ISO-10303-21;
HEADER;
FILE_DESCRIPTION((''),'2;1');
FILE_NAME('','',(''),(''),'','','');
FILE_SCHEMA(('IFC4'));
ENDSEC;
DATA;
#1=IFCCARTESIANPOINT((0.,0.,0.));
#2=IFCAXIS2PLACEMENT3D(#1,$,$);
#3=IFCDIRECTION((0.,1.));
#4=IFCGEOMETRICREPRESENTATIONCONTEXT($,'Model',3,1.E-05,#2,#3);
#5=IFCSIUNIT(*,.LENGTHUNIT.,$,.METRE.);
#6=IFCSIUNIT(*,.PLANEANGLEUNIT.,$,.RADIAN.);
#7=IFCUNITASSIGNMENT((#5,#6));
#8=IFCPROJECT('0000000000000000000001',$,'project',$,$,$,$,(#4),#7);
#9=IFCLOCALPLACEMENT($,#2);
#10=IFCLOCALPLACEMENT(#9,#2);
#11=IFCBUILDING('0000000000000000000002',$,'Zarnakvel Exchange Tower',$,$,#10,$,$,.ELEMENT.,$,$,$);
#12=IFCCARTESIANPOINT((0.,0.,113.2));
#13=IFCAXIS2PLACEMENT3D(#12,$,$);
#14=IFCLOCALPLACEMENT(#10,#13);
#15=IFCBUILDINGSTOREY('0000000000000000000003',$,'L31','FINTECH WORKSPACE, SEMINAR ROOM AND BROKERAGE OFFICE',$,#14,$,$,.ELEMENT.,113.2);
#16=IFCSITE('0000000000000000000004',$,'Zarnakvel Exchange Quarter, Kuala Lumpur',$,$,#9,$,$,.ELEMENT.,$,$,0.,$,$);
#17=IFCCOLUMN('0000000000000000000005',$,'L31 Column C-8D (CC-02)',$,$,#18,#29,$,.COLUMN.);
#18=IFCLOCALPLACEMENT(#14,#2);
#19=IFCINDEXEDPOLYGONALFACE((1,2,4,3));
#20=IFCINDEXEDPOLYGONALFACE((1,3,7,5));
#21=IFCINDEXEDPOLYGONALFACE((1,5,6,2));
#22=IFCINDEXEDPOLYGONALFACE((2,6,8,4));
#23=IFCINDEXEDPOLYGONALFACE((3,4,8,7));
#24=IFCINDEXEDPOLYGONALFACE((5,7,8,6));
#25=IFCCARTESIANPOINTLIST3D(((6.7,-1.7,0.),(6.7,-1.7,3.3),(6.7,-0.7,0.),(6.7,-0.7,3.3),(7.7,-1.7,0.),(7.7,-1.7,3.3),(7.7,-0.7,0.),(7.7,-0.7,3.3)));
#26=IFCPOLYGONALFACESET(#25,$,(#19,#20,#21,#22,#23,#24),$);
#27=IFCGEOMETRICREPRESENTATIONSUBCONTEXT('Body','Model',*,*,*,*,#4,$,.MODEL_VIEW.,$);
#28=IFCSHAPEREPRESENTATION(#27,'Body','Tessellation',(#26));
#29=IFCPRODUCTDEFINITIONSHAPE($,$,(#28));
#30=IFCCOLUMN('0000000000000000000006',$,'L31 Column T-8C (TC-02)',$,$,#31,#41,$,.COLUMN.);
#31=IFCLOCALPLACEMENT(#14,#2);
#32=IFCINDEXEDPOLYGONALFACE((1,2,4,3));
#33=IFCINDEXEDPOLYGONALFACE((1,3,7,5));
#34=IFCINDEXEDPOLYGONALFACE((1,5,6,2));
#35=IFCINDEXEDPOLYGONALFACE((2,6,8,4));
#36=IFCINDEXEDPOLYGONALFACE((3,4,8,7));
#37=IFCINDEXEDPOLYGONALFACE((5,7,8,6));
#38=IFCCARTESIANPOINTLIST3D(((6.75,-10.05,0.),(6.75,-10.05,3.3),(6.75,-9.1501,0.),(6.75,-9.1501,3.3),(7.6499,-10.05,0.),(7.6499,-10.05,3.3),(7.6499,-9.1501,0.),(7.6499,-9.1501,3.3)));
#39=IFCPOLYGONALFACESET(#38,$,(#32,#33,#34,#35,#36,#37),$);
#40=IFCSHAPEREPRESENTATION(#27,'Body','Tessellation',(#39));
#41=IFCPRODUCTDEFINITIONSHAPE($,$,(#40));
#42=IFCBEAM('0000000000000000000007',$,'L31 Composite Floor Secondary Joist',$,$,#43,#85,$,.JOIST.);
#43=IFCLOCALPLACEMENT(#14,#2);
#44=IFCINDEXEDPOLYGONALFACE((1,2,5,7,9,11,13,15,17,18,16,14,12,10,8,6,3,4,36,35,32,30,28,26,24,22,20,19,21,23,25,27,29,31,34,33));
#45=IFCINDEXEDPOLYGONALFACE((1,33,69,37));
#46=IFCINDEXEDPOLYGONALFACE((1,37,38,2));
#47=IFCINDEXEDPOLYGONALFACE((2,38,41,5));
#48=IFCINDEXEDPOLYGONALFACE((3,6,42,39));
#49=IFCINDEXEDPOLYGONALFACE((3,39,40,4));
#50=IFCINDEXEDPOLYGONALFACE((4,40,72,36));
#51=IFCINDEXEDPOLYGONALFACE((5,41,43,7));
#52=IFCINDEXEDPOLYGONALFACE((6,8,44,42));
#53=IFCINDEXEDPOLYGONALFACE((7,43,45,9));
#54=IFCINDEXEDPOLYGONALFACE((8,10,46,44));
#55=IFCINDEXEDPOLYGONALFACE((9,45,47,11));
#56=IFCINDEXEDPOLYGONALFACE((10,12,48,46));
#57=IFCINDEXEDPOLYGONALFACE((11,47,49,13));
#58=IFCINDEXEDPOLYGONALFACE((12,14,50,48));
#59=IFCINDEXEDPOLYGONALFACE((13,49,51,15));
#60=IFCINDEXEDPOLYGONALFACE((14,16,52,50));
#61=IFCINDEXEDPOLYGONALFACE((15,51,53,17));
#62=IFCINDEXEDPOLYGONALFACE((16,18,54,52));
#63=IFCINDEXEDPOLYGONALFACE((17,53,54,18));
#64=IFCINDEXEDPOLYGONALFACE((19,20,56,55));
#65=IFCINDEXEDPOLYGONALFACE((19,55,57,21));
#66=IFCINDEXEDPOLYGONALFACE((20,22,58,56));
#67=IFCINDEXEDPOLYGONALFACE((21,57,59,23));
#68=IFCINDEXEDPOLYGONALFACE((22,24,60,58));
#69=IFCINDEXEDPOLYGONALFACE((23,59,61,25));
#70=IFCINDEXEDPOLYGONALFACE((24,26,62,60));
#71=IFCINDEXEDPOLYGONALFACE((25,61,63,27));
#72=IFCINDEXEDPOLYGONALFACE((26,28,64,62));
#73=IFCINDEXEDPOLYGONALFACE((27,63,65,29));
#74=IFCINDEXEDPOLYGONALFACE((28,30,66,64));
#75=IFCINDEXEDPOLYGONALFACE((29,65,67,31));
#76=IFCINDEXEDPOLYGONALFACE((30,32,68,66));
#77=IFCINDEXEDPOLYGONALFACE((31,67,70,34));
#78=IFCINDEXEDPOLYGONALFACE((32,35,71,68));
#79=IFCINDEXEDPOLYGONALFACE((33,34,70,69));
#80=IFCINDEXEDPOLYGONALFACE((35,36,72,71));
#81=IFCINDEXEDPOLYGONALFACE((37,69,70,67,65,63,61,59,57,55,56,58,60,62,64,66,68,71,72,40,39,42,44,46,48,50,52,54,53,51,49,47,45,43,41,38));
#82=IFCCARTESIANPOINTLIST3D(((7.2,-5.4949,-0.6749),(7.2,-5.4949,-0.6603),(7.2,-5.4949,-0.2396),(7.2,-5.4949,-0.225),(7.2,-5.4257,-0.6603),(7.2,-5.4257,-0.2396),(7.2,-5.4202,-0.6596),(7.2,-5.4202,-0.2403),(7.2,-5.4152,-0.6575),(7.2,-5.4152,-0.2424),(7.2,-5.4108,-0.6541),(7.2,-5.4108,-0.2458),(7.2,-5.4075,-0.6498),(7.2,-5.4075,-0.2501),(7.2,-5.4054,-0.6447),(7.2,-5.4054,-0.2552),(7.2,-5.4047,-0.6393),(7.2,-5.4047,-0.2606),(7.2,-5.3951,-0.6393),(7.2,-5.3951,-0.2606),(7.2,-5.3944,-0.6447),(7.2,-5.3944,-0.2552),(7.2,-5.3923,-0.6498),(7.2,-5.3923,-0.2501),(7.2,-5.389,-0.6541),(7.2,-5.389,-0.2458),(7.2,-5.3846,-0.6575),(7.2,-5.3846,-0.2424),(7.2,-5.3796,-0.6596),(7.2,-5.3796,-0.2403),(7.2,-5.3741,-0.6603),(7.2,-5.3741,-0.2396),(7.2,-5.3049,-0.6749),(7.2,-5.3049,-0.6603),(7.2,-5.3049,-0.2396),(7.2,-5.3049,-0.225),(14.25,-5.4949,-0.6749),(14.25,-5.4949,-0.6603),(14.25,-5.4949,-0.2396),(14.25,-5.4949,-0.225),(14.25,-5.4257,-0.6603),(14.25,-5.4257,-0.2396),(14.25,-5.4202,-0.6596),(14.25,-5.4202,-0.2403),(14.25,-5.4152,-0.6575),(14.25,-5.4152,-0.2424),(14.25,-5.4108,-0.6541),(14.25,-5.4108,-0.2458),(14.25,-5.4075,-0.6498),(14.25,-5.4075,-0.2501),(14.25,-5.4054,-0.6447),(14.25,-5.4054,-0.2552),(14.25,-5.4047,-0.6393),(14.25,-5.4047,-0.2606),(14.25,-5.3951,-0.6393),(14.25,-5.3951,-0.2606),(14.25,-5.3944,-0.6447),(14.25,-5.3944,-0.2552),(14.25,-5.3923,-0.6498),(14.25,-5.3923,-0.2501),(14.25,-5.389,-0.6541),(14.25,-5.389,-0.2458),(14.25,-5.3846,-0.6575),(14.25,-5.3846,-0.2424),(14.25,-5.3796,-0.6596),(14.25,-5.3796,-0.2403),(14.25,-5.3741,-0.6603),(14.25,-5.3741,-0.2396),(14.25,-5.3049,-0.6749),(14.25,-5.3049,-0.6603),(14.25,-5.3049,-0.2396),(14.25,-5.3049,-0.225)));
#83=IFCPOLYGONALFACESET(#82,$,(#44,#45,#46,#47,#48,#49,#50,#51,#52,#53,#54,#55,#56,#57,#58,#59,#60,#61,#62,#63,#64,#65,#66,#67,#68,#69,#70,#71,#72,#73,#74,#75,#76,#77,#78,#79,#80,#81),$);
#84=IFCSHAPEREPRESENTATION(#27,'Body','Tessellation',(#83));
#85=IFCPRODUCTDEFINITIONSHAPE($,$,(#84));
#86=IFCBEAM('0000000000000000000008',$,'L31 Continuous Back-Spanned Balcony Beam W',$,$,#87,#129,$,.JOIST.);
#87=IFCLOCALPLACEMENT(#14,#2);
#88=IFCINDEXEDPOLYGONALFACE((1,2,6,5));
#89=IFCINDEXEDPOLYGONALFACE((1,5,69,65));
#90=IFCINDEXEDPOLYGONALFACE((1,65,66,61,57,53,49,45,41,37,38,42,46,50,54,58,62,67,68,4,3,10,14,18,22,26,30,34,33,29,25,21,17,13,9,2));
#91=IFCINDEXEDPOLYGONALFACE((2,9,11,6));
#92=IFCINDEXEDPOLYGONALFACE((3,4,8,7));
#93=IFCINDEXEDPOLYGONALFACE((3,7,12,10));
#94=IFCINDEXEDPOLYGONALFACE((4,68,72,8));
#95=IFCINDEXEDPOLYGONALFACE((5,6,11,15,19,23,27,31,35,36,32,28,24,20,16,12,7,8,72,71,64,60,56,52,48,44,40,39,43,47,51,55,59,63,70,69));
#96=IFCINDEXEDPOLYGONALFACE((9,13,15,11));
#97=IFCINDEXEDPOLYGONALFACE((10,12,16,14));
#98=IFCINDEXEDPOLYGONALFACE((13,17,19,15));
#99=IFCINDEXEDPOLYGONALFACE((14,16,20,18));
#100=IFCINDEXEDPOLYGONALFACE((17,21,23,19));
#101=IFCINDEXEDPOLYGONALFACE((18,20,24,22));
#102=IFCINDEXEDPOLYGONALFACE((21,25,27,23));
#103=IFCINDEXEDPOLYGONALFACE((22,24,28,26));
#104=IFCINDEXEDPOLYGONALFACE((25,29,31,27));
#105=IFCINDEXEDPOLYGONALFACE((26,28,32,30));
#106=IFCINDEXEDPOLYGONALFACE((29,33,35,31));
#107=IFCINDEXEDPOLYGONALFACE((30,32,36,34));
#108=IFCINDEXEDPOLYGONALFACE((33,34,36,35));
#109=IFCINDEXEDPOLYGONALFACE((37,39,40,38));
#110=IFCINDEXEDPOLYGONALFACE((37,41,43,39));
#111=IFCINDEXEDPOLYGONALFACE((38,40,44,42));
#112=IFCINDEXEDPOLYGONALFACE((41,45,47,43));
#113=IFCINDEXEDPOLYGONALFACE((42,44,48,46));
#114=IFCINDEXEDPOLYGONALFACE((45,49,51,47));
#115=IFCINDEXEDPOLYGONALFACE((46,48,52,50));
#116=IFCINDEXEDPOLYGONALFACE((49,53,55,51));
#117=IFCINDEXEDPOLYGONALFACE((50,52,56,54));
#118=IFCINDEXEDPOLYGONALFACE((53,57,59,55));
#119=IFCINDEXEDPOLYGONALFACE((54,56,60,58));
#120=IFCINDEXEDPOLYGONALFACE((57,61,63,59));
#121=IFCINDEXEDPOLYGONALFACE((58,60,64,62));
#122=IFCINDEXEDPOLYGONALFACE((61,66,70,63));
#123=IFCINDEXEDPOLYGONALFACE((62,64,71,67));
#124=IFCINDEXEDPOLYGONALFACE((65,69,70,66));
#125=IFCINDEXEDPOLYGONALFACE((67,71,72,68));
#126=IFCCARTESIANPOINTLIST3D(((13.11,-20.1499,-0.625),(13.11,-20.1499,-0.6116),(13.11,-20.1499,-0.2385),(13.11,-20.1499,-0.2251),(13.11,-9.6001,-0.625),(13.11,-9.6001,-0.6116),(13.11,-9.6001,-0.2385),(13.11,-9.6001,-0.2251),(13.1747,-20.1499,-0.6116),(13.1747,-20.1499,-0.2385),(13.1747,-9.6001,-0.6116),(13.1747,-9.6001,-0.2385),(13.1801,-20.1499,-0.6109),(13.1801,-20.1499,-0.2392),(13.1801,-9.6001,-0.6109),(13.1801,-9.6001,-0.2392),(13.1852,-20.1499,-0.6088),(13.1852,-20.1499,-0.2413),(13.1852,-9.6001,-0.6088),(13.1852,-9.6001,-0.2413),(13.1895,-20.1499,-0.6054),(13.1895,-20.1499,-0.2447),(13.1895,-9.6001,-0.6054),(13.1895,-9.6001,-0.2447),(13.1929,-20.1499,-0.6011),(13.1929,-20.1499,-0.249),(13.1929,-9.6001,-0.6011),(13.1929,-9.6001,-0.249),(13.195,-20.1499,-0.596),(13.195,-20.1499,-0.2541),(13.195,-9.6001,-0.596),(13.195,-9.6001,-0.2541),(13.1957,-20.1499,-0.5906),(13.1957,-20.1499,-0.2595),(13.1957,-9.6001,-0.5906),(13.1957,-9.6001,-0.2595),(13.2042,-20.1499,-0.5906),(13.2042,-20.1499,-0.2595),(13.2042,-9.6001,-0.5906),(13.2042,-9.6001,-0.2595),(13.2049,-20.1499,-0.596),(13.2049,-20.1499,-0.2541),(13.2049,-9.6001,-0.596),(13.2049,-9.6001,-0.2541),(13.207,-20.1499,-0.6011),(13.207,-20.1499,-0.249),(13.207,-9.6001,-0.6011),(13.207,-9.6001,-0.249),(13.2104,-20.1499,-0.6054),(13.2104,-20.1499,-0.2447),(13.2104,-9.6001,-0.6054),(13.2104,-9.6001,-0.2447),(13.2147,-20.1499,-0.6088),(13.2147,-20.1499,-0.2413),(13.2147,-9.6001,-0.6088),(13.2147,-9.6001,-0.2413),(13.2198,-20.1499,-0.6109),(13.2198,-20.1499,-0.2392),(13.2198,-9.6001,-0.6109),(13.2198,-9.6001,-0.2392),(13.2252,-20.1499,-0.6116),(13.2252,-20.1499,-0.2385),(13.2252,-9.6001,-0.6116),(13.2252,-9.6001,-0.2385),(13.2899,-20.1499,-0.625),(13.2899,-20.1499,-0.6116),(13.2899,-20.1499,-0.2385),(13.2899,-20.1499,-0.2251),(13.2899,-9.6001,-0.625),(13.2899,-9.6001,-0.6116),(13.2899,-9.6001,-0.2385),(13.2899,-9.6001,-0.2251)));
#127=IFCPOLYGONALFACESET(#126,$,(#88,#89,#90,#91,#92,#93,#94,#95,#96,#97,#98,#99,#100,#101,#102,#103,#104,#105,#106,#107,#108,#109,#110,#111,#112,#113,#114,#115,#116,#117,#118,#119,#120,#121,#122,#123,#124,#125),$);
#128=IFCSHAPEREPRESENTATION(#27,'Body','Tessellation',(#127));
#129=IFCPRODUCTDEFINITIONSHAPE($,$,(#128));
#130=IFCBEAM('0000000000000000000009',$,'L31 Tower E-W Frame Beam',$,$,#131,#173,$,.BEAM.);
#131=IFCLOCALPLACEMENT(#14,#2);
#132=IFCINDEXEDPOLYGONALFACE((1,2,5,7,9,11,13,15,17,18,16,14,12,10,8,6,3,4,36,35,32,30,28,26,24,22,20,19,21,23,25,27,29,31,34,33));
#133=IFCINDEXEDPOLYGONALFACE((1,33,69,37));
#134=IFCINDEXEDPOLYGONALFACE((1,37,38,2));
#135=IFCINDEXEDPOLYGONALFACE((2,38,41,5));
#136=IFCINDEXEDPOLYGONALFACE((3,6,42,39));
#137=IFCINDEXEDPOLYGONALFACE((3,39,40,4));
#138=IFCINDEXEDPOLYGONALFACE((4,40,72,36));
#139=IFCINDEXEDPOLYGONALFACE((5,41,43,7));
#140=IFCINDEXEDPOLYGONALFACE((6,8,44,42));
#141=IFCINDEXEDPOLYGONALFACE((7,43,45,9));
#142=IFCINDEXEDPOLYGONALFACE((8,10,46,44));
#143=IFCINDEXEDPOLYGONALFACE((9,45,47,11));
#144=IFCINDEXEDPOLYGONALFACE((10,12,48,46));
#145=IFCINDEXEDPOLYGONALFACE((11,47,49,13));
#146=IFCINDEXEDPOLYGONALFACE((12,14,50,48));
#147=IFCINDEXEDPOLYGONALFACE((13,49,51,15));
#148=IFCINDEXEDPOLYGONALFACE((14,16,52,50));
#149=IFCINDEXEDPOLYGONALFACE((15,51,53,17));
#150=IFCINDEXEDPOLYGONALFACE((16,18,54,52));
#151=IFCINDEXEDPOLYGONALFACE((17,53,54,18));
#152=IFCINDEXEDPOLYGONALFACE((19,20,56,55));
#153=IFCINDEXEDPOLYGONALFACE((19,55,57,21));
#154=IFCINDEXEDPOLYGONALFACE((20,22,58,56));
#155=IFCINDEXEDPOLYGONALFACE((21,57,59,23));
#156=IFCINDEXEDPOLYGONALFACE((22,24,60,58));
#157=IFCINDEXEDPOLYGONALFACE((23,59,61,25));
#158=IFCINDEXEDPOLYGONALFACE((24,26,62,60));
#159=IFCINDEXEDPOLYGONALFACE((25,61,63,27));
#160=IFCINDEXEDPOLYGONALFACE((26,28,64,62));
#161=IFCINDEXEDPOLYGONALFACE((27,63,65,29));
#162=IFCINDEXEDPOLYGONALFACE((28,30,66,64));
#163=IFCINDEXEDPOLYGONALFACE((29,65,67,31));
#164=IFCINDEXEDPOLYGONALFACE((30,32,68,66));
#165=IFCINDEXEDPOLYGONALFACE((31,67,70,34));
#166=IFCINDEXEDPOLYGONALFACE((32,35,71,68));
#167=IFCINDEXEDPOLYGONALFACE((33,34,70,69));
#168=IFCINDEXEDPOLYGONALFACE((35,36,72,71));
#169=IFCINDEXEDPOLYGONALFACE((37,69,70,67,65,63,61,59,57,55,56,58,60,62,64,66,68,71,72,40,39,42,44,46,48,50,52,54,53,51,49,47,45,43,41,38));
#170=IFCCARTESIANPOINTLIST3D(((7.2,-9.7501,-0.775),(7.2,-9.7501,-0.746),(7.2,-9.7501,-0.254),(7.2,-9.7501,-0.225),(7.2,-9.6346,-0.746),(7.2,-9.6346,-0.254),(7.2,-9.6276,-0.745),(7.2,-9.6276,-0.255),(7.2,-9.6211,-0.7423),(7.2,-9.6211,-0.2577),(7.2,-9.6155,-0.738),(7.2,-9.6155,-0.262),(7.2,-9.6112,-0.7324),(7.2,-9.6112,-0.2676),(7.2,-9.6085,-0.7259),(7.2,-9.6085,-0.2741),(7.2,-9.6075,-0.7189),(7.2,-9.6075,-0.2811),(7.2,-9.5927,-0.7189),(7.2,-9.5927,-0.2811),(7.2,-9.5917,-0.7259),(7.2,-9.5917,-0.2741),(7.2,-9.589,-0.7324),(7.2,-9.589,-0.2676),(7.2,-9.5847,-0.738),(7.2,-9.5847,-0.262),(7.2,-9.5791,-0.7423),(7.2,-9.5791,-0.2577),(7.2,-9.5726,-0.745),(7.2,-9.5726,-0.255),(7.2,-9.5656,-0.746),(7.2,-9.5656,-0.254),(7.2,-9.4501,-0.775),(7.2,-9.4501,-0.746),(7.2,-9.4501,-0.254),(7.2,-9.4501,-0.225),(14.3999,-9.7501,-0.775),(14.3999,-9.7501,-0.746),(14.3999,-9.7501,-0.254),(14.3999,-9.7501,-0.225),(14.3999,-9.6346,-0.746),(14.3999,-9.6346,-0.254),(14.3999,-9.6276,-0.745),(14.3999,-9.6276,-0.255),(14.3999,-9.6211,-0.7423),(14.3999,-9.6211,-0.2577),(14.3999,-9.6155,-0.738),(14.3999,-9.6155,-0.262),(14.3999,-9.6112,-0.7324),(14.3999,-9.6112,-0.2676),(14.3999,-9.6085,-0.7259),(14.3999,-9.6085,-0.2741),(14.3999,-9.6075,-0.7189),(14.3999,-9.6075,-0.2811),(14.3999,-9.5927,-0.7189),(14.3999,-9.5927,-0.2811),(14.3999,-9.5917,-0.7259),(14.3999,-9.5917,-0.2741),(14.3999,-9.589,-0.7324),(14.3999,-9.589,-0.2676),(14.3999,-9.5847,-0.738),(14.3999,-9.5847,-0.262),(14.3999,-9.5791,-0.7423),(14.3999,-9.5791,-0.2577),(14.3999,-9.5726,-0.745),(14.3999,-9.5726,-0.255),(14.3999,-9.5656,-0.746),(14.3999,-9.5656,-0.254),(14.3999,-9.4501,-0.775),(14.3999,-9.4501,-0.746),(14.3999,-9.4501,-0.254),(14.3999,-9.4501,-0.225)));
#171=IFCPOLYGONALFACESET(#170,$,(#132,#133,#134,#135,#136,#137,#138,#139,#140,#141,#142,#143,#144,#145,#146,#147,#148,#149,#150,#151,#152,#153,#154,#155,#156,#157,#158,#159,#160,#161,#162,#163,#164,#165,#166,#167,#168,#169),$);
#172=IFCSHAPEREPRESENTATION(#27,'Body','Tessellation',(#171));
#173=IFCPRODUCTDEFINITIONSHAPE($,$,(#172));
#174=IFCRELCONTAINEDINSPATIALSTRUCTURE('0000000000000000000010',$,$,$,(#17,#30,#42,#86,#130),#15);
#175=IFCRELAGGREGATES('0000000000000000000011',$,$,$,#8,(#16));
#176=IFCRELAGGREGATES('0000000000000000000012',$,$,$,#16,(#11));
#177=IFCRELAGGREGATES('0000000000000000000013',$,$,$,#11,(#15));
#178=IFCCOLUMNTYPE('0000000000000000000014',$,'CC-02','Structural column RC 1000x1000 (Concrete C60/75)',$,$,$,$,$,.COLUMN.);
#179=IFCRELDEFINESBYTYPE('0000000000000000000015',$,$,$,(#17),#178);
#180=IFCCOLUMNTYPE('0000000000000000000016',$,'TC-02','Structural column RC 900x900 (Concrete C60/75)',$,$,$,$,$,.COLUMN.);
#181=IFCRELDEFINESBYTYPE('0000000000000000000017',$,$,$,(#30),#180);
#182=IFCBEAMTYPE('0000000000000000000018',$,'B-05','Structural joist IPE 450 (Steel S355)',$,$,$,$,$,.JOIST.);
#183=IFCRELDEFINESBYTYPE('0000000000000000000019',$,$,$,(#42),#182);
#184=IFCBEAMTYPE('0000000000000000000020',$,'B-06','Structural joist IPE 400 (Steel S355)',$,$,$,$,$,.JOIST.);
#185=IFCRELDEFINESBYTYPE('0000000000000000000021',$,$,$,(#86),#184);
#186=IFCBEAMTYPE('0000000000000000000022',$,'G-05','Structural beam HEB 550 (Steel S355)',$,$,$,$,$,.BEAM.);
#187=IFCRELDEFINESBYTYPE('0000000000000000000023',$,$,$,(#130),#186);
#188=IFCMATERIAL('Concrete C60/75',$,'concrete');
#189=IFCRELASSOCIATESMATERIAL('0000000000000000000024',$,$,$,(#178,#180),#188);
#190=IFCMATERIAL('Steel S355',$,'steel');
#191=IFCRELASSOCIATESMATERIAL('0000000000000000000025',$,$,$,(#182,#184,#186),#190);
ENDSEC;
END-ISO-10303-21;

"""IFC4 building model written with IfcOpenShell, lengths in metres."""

from ifc_helpers import new_model, si_unit, direction, frame, origin, origin_2d, place, context, subcontext, project, spatial, rectangle, i_section, extrude, material, material_profile, profile_set, type_object, element, save


model = new_model("IFC4")

# Units and contexts
model_context = context("Model", 3, precision=1e-05, world=origin(), true_north=direction((0.0, 1.0)))
body_context = subcontext(model_context, "Body", "Model", "MODEL_VIEW")
ifc_project = project(units=[si_unit("LENGTHUNIT", "METRE"), si_unit("PLANEANGLEUNIT", "RADIAN")], contexts=[model_context])

# Site, building, storey
site_placement = place(None, origin())
site = spatial("IfcSite", under=ifc_project, at=site_placement, Name="Zarnakvel Exchange Quarter, Kuala Lumpur", CompositionType="ELEMENT", RefElevation=0.0)
building_placement = place(site_placement, origin())
building = spatial("IfcBuilding", under=site, at=building_placement, Name="Zarnakvel Exchange Tower", CompositionType="ELEMENT")
storey_placement = place(building_placement, frame((0.0, 0.0, 113.2)))
storey = spatial("IfcBuildingStorey", under=building, at=storey_placement, Name="L31", Description="FINTECH WORKSPACE, SEMINAR ROOM AND BROKERAGE OFFICE", CompositionType="ELEMENT", Elevation=113.2)

# Columns
ifc_material_1 = material(Name="Concrete C60/75", Category="concrete")
ifc_material_profile_1 = material_profile(ifc_material_1, rectangle(XDim=1.0, YDim=1.0, at=origin_2d()))
ifc_profile_set_1 = profile_set([ifc_material_profile_1], Name="Concrete C60/75")
column_type_1 = type_object("IfcColumnType", Name="CC-02", Description="Structural column RC 1000x1000 (Concrete C60/75)", PredefinedType="COLUMN", material=ifc_profile_set_1)
column_1_placement = place(storey_placement, frame((7.2, -1.2, 0.0), z_axis=(0.0, 0.0, 1.0), x_axis=(1.0, 0.0, 0.0)))
element("IfcColumn", 1, at=column_1_placement, inside=storey, type_object=column_type_1, Name="L31 Column C-8D (CC-02)", PredefinedType="COLUMN", context=body_context, shape_type="SweptSolid", body=[
    extrude(rectangle(XDim=1.0, YDim=1.0, at=origin_2d()), origin(), (0.0, 0.0, 1.0), 3.3),
])
ifc_material_profile_2 = material_profile(ifc_material_1, rectangle(XDim=0.8999, YDim=0.8999, at=origin_2d()))
ifc_profile_set_2 = profile_set([ifc_material_profile_2], Name="Concrete C60/75")
column_type_2 = type_object("IfcColumnType", Name="TC-02", Description="Structural column RC 900x900 (Concrete C60/75)", PredefinedType="COLUMN", material=ifc_profile_set_2)
column_2_placement = place(storey_placement, frame((7.2, -9.6001, 0.0), z_axis=(0.0, 0.0, 1.0), x_axis=(1.0, 0.0, 0.0)))
element("IfcColumn", 2, at=column_2_placement, inside=storey, type_object=column_type_2, Name="L31 Column T-8C (TC-02)", PredefinedType="COLUMN", context=body_context, shape_type="SweptSolid", body=[
    extrude(rectangle(XDim=0.8999, YDim=0.8999, at=origin_2d()), origin(), (0.0, 0.0, 1.0), 3.3),
])

# Beams
ifc_material_2 = material(Name="Steel S355", Category="steel")
ifc_material_profile_3 = material_profile(ifc_material_2, i_section(OverallWidth=0.1899, OverallDepth=0.45, WebThickness=0.0095, FlangeThickness=0.0146, FilletRadius=0.021, at=origin_2d()))
ifc_profile_set_3 = profile_set([ifc_material_profile_3], Name="Steel S355")
beam_type_1 = type_object("IfcBeamType", Name="B-05", Description="Structural joist IPE 450 (Steel S355)", PredefinedType="JOIST", material=ifc_profile_set_3)
beam_1_placement = place(storey_placement, frame((7.2, -5.3999, -0.45), z_axis=(1.0, 0.0, 0.0), x_axis=(0.0, 1.0, 0.0)))
element("IfcBeam", 3, at=beam_1_placement, inside=storey, type_object=beam_type_1, Name="L31 Composite Floor Secondary Joist", PredefinedType="JOIST", context=body_context, shape_type="SweptSolid", body=[
    extrude(i_section(OverallWidth=0.1899, OverallDepth=0.45, WebThickness=0.0095, FlangeThickness=0.0146, FilletRadius=0.021, at=origin_2d()), origin(), (0.0, 0.0, 1.0), 7.05),
])
ifc_material_profile_4 = material_profile(ifc_material_2, i_section(OverallWidth=0.1799, OverallDepth=0.3999, WebThickness=0.0085, FlangeThickness=0.0134, FilletRadius=0.021, at=origin_2d()))
ifc_profile_set_4 = profile_set([ifc_material_profile_4], Name="Steel S355")
beam_type_2 = type_object("IfcBeamType", Name="B-06", Description="Structural joist IPE 400 (Steel S355)", PredefinedType="JOIST", material=ifc_profile_set_4)
beam_2_placement = place(storey_placement, frame((13.2, -9.6001, -0.425), z_axis=(0.0, -1.0, 0.0), x_axis=(1.0, 0.0, 0.0)))
element("IfcBeam", 4, at=beam_2_placement, inside=storey, type_object=beam_type_2, Name="L31 Continuous Back-Spanned Balcony Beam W", PredefinedType="JOIST", context=body_context, shape_type="SweptSolid", body=[
    extrude(i_section(OverallWidth=0.1799, OverallDepth=0.3999, WebThickness=0.0085, FlangeThickness=0.0134, FilletRadius=0.021, at=origin_2d()), origin(), (0.0, 0.0, 1.0), 10.5498),
])
ifc_material_profile_5 = material_profile(ifc_material_2, i_section(OverallWidth=0.3, OverallDepth=0.55, WebThickness=0.0149, FlangeThickness=0.0291, FilletRadius=0.0271, at=origin_2d()))
ifc_profile_set_5 = profile_set([ifc_material_profile_5], Name="Steel S355")
beam_type_3 = type_object("IfcBeamType", Name="G-05", Description="Structural beam HEB 550 (Steel S355)", PredefinedType="BEAM", material=ifc_profile_set_5)
beam_3_placement = place(storey_placement, frame((7.2, -9.6001, -0.5), z_axis=(1.0, 0.0, 0.0), x_axis=(0.0, 1.0, 0.0)))
element("IfcBeam", 5, at=beam_3_placement, inside=storey, type_object=beam_type_3, Name="L31 Tower E-W Frame Beam", PredefinedType="BEAM", context=body_context, shape_type="SweptSolid", body=[
    extrude(i_section(OverallWidth=0.3, OverallDepth=0.55, WebThickness=0.0149, FlangeThickness=0.0291, FilletRadius=0.0271, at=origin_2d()), origin(), (0.0, 0.0, 1.0), 7.2),
])

save(model, "model.ifc")
